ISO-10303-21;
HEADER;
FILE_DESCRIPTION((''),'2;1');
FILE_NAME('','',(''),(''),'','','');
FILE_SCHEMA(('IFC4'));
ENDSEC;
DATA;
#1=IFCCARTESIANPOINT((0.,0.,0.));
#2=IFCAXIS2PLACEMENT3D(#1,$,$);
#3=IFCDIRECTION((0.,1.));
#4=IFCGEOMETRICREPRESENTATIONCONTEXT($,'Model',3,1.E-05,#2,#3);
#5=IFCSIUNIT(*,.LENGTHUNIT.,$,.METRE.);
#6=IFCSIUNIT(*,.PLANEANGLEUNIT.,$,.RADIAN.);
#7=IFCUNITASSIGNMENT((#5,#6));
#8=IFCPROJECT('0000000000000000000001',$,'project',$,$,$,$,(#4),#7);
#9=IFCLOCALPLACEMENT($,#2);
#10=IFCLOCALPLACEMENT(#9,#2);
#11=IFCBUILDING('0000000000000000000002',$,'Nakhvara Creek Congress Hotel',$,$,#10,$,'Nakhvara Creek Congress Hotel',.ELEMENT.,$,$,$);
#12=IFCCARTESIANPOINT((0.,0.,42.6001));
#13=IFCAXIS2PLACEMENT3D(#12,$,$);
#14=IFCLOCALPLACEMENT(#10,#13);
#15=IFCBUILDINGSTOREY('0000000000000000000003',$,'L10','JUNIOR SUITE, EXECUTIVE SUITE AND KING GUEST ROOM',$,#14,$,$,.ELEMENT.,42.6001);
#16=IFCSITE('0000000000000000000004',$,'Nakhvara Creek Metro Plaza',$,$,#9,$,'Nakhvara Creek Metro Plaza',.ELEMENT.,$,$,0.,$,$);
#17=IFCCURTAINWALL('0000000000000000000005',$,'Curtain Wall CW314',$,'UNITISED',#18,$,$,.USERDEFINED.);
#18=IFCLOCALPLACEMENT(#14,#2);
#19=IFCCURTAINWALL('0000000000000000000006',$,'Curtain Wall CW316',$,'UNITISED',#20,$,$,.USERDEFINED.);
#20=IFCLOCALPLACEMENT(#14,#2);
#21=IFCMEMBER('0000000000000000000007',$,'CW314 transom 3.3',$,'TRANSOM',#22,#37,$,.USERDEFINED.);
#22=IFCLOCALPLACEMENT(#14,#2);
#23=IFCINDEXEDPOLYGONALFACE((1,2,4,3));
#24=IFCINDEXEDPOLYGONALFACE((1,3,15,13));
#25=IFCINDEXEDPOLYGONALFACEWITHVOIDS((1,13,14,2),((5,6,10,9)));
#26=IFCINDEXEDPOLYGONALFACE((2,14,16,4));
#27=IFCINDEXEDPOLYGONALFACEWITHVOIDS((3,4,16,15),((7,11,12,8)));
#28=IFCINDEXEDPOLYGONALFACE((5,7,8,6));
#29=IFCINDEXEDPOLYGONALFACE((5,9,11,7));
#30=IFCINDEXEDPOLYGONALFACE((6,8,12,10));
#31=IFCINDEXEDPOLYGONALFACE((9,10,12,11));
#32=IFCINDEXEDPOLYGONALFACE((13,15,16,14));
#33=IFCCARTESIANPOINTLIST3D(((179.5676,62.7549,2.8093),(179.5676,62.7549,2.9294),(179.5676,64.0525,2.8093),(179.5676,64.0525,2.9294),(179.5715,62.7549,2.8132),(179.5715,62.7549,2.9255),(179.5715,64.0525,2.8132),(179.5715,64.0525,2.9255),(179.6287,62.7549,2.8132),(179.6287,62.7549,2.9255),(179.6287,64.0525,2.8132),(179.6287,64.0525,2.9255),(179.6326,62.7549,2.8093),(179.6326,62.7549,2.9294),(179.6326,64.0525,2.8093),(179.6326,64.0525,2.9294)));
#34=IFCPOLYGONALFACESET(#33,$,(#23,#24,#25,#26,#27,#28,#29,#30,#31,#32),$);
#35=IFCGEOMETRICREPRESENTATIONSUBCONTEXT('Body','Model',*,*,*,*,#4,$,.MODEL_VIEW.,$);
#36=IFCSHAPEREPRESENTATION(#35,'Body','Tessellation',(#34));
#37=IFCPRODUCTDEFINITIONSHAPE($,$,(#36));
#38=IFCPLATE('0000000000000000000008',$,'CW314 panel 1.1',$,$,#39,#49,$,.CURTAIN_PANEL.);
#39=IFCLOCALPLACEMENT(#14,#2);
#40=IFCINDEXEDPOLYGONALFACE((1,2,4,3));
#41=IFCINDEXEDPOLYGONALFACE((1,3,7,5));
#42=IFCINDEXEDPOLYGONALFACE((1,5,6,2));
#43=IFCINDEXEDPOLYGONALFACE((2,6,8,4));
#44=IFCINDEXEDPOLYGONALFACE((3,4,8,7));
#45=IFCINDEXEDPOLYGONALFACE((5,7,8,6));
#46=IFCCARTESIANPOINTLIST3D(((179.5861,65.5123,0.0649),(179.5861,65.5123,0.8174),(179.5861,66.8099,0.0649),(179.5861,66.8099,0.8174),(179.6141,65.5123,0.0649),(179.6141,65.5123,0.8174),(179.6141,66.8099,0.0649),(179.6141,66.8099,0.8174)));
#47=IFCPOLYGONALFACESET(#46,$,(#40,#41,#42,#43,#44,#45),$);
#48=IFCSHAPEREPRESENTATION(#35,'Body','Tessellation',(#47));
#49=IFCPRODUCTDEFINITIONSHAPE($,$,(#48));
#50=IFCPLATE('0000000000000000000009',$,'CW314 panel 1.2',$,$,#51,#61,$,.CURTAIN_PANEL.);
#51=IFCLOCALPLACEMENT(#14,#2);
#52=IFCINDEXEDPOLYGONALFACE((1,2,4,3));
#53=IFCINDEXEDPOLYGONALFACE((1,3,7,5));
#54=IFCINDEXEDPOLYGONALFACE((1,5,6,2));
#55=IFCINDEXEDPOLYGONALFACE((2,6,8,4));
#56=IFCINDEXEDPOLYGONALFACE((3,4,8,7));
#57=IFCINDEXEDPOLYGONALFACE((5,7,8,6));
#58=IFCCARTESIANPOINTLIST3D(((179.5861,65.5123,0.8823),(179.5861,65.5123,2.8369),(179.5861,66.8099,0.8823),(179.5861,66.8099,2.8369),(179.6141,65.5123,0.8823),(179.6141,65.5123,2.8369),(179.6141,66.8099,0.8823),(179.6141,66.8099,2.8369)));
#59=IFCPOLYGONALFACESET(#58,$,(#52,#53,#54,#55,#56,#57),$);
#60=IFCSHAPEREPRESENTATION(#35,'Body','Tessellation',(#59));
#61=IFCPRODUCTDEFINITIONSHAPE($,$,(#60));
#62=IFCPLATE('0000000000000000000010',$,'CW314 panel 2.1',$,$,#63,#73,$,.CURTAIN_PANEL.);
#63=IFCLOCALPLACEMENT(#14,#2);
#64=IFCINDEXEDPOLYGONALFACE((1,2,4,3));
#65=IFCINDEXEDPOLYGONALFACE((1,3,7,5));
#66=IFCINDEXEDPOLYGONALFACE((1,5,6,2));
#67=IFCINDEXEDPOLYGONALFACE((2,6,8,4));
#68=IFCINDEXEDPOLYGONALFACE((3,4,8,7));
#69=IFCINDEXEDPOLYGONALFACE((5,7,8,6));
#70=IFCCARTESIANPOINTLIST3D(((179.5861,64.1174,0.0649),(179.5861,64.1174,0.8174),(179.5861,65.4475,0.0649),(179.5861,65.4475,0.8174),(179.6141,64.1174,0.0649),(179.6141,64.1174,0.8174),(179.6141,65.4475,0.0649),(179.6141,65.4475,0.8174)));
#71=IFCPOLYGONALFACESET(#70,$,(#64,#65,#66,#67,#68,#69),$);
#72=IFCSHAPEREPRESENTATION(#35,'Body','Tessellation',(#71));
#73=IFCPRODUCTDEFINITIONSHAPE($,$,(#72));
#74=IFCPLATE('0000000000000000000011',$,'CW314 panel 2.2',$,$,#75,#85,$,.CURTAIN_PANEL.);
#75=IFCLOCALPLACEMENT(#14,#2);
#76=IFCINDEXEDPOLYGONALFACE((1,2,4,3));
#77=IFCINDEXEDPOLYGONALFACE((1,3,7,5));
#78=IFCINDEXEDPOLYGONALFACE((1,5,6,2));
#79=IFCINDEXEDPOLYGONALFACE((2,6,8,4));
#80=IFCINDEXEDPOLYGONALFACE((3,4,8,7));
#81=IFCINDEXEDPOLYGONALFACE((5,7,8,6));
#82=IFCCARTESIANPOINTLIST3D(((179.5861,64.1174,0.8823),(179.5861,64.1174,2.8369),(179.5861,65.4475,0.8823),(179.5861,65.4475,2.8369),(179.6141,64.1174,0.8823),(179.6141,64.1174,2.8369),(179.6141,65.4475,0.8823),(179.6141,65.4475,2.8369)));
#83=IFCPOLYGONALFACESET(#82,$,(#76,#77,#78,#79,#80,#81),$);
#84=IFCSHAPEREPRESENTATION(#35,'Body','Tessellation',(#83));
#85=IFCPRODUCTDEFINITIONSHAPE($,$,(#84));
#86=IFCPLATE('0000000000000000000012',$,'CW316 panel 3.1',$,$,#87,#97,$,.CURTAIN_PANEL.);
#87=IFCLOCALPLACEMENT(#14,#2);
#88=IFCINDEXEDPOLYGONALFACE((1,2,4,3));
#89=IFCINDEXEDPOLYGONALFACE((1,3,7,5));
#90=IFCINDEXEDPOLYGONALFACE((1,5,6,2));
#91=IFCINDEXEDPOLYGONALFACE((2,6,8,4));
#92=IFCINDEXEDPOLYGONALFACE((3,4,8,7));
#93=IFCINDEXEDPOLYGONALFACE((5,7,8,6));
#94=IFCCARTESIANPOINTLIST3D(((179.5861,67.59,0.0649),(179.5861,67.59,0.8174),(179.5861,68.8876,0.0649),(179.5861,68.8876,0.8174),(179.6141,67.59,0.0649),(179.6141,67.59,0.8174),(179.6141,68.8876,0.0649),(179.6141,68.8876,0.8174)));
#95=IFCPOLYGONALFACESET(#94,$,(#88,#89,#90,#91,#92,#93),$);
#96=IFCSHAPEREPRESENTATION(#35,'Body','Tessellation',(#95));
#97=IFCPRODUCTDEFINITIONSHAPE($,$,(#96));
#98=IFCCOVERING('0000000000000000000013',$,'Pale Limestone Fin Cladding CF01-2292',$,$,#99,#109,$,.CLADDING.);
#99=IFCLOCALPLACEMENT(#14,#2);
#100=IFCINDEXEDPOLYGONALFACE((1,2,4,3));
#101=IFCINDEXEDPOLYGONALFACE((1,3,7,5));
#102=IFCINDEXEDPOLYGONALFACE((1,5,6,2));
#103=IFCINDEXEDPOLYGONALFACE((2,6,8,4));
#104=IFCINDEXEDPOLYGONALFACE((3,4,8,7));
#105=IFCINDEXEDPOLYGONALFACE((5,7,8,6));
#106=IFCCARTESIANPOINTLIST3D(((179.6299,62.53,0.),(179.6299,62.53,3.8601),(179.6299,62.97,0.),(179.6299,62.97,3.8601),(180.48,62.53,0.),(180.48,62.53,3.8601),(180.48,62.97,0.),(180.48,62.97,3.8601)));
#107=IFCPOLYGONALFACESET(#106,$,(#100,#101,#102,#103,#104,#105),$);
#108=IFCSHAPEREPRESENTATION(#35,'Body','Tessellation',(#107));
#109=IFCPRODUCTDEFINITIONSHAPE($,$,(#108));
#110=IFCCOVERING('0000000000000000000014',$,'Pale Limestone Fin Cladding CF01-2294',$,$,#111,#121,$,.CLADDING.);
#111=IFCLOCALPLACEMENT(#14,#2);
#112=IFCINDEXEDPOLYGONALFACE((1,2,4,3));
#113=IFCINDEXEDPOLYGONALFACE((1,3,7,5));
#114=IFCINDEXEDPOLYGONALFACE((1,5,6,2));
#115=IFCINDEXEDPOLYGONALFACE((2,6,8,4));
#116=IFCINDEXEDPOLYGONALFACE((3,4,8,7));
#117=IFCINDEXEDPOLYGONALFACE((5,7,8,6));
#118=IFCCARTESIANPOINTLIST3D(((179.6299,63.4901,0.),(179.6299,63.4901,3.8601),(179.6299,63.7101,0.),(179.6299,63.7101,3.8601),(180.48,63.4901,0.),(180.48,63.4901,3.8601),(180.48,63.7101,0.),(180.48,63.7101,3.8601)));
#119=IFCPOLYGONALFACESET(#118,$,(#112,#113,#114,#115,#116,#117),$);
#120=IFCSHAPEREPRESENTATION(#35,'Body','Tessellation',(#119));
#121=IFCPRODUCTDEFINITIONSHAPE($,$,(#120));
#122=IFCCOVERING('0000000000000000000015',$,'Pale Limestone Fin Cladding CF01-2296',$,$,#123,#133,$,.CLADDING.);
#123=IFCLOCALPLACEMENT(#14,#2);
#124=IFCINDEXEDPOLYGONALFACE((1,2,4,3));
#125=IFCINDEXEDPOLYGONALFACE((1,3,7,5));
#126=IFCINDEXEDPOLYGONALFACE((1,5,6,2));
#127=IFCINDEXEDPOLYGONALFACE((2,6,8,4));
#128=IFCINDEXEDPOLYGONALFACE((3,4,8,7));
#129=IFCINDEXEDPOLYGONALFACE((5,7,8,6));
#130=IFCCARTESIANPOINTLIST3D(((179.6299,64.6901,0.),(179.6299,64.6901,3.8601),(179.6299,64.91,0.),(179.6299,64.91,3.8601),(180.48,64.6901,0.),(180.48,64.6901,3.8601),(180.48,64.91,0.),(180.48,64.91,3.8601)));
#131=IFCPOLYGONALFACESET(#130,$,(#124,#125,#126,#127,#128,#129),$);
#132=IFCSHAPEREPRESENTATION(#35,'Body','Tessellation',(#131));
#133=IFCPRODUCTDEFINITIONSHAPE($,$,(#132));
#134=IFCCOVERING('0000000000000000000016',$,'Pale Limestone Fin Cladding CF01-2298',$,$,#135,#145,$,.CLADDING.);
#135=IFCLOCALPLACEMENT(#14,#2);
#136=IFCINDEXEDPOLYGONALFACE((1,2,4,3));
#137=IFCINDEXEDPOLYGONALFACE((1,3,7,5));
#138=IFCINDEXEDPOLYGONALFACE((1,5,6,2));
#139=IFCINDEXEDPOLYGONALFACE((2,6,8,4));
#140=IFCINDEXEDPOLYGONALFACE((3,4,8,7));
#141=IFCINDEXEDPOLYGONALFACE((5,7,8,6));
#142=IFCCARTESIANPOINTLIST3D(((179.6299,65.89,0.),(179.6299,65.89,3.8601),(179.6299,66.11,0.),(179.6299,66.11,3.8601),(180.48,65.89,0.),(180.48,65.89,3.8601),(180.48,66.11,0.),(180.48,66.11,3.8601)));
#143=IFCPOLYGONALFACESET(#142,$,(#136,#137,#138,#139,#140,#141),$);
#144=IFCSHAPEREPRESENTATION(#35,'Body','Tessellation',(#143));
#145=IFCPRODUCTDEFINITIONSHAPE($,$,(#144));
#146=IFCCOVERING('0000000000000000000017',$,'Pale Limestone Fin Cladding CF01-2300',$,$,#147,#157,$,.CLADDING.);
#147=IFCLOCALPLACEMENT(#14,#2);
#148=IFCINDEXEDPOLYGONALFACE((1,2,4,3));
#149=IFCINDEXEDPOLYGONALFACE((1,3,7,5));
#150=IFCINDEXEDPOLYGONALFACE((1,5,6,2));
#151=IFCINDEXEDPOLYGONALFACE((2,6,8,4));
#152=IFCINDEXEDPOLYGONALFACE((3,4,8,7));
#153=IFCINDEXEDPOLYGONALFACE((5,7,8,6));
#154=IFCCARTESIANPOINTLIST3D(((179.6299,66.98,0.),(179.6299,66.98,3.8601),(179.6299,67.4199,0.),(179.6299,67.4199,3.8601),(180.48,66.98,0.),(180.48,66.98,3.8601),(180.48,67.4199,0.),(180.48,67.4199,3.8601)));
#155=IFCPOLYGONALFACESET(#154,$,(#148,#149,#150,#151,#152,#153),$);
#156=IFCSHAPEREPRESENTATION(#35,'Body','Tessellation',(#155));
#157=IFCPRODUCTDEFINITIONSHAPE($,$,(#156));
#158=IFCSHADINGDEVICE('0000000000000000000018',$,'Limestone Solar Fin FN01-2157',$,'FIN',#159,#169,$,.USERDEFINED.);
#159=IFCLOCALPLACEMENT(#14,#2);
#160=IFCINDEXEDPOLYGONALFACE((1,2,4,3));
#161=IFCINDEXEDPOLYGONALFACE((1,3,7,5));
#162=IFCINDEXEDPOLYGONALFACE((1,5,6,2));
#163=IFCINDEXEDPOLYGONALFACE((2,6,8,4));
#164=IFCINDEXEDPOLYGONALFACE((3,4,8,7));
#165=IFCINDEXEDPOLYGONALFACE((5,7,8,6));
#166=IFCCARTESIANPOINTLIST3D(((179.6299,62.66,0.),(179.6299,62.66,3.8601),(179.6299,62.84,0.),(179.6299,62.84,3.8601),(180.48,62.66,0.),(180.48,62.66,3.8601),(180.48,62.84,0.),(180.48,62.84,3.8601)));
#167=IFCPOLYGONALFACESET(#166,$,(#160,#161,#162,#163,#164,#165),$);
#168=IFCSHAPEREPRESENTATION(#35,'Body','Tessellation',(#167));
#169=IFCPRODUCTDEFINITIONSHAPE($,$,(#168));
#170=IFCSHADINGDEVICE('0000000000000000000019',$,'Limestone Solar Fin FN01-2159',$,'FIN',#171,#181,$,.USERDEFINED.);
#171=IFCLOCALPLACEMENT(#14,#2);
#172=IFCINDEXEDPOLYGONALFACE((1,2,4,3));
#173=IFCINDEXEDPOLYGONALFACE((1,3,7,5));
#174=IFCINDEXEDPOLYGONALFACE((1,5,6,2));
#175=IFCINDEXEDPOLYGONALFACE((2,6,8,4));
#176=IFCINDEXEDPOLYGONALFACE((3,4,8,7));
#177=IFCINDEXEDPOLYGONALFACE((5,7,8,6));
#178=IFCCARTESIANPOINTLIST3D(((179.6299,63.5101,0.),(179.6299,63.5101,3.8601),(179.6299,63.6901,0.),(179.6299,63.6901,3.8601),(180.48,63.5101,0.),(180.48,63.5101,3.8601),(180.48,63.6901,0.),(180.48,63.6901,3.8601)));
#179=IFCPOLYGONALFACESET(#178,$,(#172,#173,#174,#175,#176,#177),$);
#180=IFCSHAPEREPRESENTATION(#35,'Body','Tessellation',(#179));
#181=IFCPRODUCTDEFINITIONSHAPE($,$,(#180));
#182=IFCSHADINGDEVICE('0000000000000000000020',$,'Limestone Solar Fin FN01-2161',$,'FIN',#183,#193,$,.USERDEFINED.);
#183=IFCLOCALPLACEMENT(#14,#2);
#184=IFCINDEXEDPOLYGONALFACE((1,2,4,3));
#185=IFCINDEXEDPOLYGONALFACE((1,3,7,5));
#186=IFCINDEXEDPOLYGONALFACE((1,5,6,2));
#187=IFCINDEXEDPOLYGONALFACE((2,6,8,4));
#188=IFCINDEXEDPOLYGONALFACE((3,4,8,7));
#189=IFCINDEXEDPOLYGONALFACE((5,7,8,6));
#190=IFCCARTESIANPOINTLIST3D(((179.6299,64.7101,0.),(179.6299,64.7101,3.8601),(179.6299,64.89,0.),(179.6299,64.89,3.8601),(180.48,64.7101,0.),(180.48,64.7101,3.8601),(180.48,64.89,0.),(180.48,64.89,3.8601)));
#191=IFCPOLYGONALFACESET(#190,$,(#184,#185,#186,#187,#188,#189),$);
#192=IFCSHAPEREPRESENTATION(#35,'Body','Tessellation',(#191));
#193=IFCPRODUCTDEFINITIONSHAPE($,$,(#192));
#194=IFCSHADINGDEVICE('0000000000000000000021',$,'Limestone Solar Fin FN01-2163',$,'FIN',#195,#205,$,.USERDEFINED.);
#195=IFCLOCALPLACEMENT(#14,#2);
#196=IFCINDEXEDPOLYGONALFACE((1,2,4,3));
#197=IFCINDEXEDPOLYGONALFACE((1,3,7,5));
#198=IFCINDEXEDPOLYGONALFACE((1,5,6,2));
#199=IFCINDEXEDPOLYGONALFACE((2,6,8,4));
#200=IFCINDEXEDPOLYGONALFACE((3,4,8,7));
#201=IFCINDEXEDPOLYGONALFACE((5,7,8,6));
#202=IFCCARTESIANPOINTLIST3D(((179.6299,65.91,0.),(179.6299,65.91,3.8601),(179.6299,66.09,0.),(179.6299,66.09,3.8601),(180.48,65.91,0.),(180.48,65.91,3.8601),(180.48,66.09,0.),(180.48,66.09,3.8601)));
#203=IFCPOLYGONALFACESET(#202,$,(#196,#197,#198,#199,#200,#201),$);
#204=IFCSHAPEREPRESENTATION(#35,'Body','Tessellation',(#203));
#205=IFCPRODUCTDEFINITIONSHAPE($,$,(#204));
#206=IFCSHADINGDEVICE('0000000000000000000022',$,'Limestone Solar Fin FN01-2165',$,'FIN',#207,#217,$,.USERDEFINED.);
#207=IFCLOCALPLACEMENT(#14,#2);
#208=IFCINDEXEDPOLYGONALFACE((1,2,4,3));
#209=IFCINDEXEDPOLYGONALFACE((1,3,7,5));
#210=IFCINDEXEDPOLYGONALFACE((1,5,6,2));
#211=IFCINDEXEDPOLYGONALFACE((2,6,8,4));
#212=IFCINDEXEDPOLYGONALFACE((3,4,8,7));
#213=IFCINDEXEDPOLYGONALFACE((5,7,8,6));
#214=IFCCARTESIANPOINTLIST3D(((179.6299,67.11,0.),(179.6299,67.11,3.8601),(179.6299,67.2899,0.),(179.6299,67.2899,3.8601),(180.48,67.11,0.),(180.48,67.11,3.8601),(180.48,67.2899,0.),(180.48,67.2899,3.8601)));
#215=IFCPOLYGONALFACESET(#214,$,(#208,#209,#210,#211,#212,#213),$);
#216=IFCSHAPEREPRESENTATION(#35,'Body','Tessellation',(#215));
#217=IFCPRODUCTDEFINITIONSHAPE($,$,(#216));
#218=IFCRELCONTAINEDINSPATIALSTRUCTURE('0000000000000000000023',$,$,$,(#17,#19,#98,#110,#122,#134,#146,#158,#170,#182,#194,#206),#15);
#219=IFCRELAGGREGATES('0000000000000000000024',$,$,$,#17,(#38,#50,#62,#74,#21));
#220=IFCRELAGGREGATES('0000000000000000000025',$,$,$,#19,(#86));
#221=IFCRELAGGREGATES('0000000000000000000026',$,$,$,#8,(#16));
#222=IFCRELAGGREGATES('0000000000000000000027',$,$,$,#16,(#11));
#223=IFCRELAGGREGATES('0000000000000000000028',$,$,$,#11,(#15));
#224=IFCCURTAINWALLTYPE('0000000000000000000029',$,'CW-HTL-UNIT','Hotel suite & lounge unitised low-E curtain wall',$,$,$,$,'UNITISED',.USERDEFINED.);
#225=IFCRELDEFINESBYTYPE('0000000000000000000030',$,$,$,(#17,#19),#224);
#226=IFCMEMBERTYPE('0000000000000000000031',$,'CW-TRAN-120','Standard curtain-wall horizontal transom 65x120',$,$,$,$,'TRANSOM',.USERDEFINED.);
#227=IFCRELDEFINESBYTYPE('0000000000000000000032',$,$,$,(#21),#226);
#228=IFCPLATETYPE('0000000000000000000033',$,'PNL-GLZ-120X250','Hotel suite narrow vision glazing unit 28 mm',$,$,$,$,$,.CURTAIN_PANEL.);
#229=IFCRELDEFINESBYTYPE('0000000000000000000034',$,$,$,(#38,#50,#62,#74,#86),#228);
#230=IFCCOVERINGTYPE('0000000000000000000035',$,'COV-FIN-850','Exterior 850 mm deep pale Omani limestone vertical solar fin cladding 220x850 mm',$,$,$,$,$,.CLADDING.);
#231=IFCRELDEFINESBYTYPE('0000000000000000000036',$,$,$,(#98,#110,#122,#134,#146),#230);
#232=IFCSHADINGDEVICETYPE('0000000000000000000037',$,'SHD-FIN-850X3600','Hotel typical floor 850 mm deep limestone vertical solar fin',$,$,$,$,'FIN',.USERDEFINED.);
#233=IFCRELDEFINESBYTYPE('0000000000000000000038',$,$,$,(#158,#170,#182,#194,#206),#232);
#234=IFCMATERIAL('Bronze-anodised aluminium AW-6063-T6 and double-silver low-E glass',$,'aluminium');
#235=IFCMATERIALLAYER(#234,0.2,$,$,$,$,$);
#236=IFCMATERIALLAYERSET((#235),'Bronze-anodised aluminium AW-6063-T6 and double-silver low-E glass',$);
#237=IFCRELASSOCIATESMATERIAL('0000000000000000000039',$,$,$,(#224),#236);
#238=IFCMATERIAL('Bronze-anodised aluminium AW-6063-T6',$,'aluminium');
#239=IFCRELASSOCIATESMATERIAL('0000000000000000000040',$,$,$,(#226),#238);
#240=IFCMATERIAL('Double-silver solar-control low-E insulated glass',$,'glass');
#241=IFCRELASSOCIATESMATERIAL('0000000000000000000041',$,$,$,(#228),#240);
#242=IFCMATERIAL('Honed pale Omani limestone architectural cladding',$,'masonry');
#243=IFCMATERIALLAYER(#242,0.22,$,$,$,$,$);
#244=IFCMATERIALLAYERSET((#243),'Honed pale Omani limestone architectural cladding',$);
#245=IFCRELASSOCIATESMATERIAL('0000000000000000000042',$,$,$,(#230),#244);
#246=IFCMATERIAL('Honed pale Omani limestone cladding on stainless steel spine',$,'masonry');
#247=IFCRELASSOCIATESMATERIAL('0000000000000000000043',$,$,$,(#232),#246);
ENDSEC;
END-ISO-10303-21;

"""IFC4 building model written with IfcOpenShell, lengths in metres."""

from ifc_helpers import new_model, si_unit, direction, frame, origin, origin_2d, place, context, subcontext, project, spatial, rectangle, hollow_rectangle, extrude, material, layer, layer_set, material_profile, profile_set, type_object, element, aggregate, save


model = new_model("IFC4")

# Units and contexts
model_context = context("Model", 3, precision=1e-05, world=origin(), true_north=direction((0.0, 1.0)))
body_context = subcontext(model_context, "Body", "Model", "MODEL_VIEW")
ifc_project = project(units=[si_unit("LENGTHUNIT", "METRE"), si_unit("PLANEANGLEUNIT", "RADIAN")], contexts=[model_context])

# Site, building, storey
site_placement = place(None, origin())
site = spatial("IfcSite", under=ifc_project, at=site_placement, Name="Nakhvara Creek Metro Plaza", LongName="Nakhvara Creek Metro Plaza", CompositionType="ELEMENT", RefElevation=0.0)
building_placement = place(site_placement, origin())
building = spatial("IfcBuilding", under=site, at=building_placement, Name="Nakhvara Creek Congress Hotel", LongName="Nakhvara Creek Congress Hotel", CompositionType="ELEMENT")
storey_placement = place(building_placement, frame((0.0, 0.0, 42.6001)))
storey = spatial("IfcBuildingStorey", under=building, at=storey_placement, Name="L10", Description="JUNIOR SUITE, EXECUTIVE SUITE AND KING GUEST ROOM", CompositionType="ELEMENT", Elevation=42.6001)

# Curtain wall
ifc_material_1 = material(Name="Bronze-anodised aluminium AW-6063-T6 and double-silver low-E glass", Category="aluminium")
ifc_layer_1 = layer(ifc_material_1, 0.2)
ifc_layer_set_1 = layer_set([ifc_layer_1], Name="Bronze-anodised aluminium AW-6063-T6 and double-silver low-E glass")
curtain_wall_type = type_object("IfcCurtainWallType", Name="CW-HTL-UNIT", Description="Hotel suite & lounge unitised low-E curtain wall", ElementType="UNITISED", PredefinedType="USERDEFINED", material=ifc_layer_set_1)
curtain_wall_1_placement = place(storey_placement, origin())
curtain_wall_1 = element("IfcCurtainWall", 1, at=curtain_wall_1_placement, inside=storey, type_object=curtain_wall_type, Name="Curtain Wall CW314", ObjectType="UNITISED", PredefinedType="USERDEFINED")
ifc_material_2 = material(Name="Bronze-anodised aluminium AW-6063-T6", Category="aluminium")

# Curtain wall
curtain_wall_2_placement = place(storey_placement, origin())
curtain_wall_2 = element("IfcCurtainWall", 2, at=curtain_wall_2_placement, inside=storey, type_object=curtain_wall_type, Name="Curtain Wall CW316", ObjectType="UNITISED", PredefinedType="USERDEFINED")

# Member
ifc_material_profile_1 = material_profile(ifc_material_2, hollow_rectangle(XDim=0.0649, YDim=0.1201, WallThickness=0.0039, at=origin_2d()), Name="ALU-TRAN 65x120x4", Category="LoadBearing")
ifc_profile_set_1 = profile_set([ifc_material_profile_1], Name="Bronze-anodised aluminium AW-6063-T6")
member_type_1 = type_object("IfcMemberType", Name="CW-TRAN-120", Description="Standard curtain-wall horizontal transom 65x120", ElementType="TRANSOM", PredefinedType="USERDEFINED", material=ifc_profile_set_1)
member_1_placement = place(storey_placement, frame((179.6001, 64.0525, 2.8694), z_axis=(0.0, -1.0, 0.0), x_axis=(1.0, 0.0, 0.0)))
member_1 = element("IfcMember", 3, at=member_1_placement, type_object=member_type_1, Name="CW314 transom 3.3", ObjectType="TRANSOM", PredefinedType="USERDEFINED", context=body_context, shape_type="SweptSolid", body=[
    extrude(hollow_rectangle(XDim=0.0649, YDim=0.1201, WallThickness=0.0039, at=origin_2d()), origin(), (0.0, 0.0, 1.0), 1.2976),
])

# Plates
ifc_material_3 = material(Name="Double-silver solar-control low-E insulated glass", Category="glass")
plate_type = type_object("IfcPlateType", Name="PNL-GLZ-120X250", Description="Hotel suite narrow vision glazing unit 28 mm", PredefinedType="CURTAIN_PANEL", material=ifc_material_3)
plate_1_placement = place(storey_placement, frame((179.6001, 66.1611, 0.0649), z_axis=(0.0, 0.0, 1.0), x_axis=(0.0, -1.0, 0.0)))
plate_1 = element("IfcPlate", 4, at=plate_1_placement, type_object=plate_type, Name="CW314 panel 1.1", PredefinedType="CURTAIN_PANEL", context=body_context, shape_type="SweptSolid", body=[
    extrude(rectangle(XDim=1.2976, YDim=0.0281, at=origin_2d()), origin(), (0.0, 0.0, 1.0), 0.7524),
])
plate_2_placement = place(storey_placement, frame((179.6001, 66.1611, 0.8823), z_axis=(0.0, 0.0, 1.0), x_axis=(0.0, -1.0, 0.0)))
plate_2 = element("IfcPlate", 5, at=plate_2_placement, type_object=plate_type, Name="CW314 panel 1.2", PredefinedType="CURTAIN_PANEL", context=body_context, shape_type="SweptSolid", body=[
    extrude(rectangle(XDim=1.2976, YDim=0.0281, at=origin_2d()), origin(), (0.0, 0.0, 1.0), 1.9546),
])
plate_3_placement = place(storey_placement, frame((179.6001, 64.7825, 0.0649), z_axis=(0.0, 0.0, 1.0), x_axis=(0.0, -1.0, 0.0)))
plate_3 = element("IfcPlate", 6, at=plate_3_placement, type_object=plate_type, Name="CW314 panel 2.1", PredefinedType="CURTAIN_PANEL", context=body_context, shape_type="SweptSolid", body=[
    extrude(rectangle(XDim=1.3301, YDim=0.0281, at=origin_2d()), origin(), (0.0, 0.0, 1.0), 0.7524),
])
plate_4_placement = place(storey_placement, frame((179.6001, 64.7825, 0.8823), z_axis=(0.0, 0.0, 1.0), x_axis=(0.0, -1.0, 0.0)))
plate_4 = element("IfcPlate", 7, at=plate_4_placement, type_object=plate_type, Name="CW314 panel 2.2", PredefinedType="CURTAIN_PANEL", context=body_context, shape_type="SweptSolid", body=[
    extrude(rectangle(XDim=1.3301, YDim=0.0281, at=origin_2d()), origin(), (0.0, 0.0, 1.0), 1.9546),
])
aggregate(curtain_wall_1, [plate_1, plate_2, plate_3, plate_4, member_1])
plate_5_placement = place(storey_placement, frame((179.6001, 68.2388, 0.0649), z_axis=(0.0, 0.0, 1.0), x_axis=(0.0, -1.0, 0.0)))
plate_5 = element("IfcPlate", 8, at=plate_5_placement, type_object=plate_type, Name="CW316 panel 3.1", PredefinedType="CURTAIN_PANEL", context=body_context, shape_type="SweptSolid", body=[
    extrude(rectangle(XDim=1.2976, YDim=0.0281, at=origin_2d()), origin(), (0.0, 0.0, 1.0), 0.7524),
])
aggregate(curtain_wall_2, [plate_5])

# Coverings
ifc_material_4 = material(Name="Honed pale Omani limestone architectural cladding", Category="masonry")
ifc_layer_2 = layer(ifc_material_4, 0.22)
ifc_layer_set_2 = layer_set([ifc_layer_2], Name="Honed pale Omani limestone architectural cladding")
covering_type = type_object("IfcCoveringType", Name="COV-FIN-850", Description="Exterior 850 mm deep pale Omani limestone vertical solar fin cladding 220x850 mm", PredefinedType="CLADDING", material=ifc_layer_set_2)
covering_1_placement = place(storey_placement, frame((180.0549, 62.75, 0.0), z_axis=(0.0, 0.0, 1.0), x_axis=(0.0, 1.0, 0.0)))
element("IfcCovering", 9, at=covering_1_placement, inside=storey, type_object=covering_type, Name="Pale Limestone Fin Cladding CF01-2292", PredefinedType="CLADDING", context=body_context, shape_type="SweptSolid", body=[
    extrude(rectangle(XDim=0.4399, YDim=0.8501, at=origin_2d()), origin(), (0.0, 0.0, 1.0), 3.8601),
])
for number, where, z_axis, x_axis, name in (
    (10, (180.0549, 63.6001, 0.0), (0.0, 0.0, 1.0), (0.0, 1.0, 0.0), "Pale Limestone Fin Cladding CF01-2294"),
    (11, (180.0549, 64.8, 0.0), (0.0, 0.0, 1.0), (0.0, 1.0, 0.0), "Pale Limestone Fin Cladding CF01-2296"),
    (12, (180.0549, 66.0, 0.0), (0.0, 0.0, 1.0), (0.0, 1.0, 0.0), "Pale Limestone Fin Cladding CF01-2298"),
):
    element("IfcCovering", number, at=place(storey_placement, frame(where, z_axis=z_axis, x_axis=x_axis)), inside=storey, type_object=covering_type, Name=name, PredefinedType="CLADDING", context=body_context, shape_type="SweptSolid", body=[
        extrude(rectangle(XDim=0.22, YDim=0.8501, at=origin_2d()), origin(), (0.0, 0.0, 1.0), 3.8601),
    ])
covering_2_placement = place(storey_placement, frame((180.0549, 67.2, 0.0), z_axis=(0.0, 0.0, 1.0), x_axis=(0.0, 1.0, 0.0)))
element("IfcCovering", 13, at=covering_2_placement, inside=storey, type_object=covering_type, Name="Pale Limestone Fin Cladding CF01-2300", PredefinedType="CLADDING", context=body_context, shape_type="SweptSolid", body=[
    extrude(rectangle(XDim=0.4399, YDim=0.8501, at=origin_2d()), origin(), (0.0, 0.0, 1.0), 3.8601),
])

# Shading devices
ifc_material_5 = material(Name="Honed pale Omani limestone cladding on stainless steel spine", Category="masonry")
shading_device_type = type_object("IfcShadingDeviceType", Name="SHD-FIN-850X3600", Description="Hotel typical floor 850 mm deep limestone vertical solar fin", ElementType="FIN", PredefinedType="USERDEFINED", material=ifc_material_5)
for number, where, z_axis, x_axis, name in (
    (14, (180.0549, 62.75, 0.0), (0.0, 0.0, 1.0), (0.0, 1.0, 0.0), "Limestone Solar Fin FN01-2157"),
    (15, (180.0549, 63.6001, 0.0), (0.0, 0.0, 1.0), (0.0, 1.0, 0.0), "Limestone Solar Fin FN01-2159"),
    (16, (180.0549, 64.8, 0.0), (0.0, 0.0, 1.0), (0.0, 1.0, 0.0), "Limestone Solar Fin FN01-2161"),
    (17, (180.0549, 66.0, 0.0), (0.0, 0.0, 1.0), (0.0, 1.0, 0.0), "Limestone Solar Fin FN01-2163"),
    (18, (180.0549, 67.2, 0.0), (0.0, 0.0, 1.0), (0.0, 1.0, 0.0), "Limestone Solar Fin FN01-2165"),
):
    element("IfcShadingDevice", number, at=place(storey_placement, frame(where, z_axis=z_axis, x_axis=x_axis)), inside=storey, type_object=shading_device_type, Name=name, ObjectType="FIN", PredefinedType="USERDEFINED", context=body_context, shape_type="SweptSolid", body=[
        extrude(rectangle(XDim=0.1799, YDim=0.8501, at=origin_2d()), origin(), (0.0, 0.0, 1.0), 3.8601),
    ])

save(model, "model.ifc")
